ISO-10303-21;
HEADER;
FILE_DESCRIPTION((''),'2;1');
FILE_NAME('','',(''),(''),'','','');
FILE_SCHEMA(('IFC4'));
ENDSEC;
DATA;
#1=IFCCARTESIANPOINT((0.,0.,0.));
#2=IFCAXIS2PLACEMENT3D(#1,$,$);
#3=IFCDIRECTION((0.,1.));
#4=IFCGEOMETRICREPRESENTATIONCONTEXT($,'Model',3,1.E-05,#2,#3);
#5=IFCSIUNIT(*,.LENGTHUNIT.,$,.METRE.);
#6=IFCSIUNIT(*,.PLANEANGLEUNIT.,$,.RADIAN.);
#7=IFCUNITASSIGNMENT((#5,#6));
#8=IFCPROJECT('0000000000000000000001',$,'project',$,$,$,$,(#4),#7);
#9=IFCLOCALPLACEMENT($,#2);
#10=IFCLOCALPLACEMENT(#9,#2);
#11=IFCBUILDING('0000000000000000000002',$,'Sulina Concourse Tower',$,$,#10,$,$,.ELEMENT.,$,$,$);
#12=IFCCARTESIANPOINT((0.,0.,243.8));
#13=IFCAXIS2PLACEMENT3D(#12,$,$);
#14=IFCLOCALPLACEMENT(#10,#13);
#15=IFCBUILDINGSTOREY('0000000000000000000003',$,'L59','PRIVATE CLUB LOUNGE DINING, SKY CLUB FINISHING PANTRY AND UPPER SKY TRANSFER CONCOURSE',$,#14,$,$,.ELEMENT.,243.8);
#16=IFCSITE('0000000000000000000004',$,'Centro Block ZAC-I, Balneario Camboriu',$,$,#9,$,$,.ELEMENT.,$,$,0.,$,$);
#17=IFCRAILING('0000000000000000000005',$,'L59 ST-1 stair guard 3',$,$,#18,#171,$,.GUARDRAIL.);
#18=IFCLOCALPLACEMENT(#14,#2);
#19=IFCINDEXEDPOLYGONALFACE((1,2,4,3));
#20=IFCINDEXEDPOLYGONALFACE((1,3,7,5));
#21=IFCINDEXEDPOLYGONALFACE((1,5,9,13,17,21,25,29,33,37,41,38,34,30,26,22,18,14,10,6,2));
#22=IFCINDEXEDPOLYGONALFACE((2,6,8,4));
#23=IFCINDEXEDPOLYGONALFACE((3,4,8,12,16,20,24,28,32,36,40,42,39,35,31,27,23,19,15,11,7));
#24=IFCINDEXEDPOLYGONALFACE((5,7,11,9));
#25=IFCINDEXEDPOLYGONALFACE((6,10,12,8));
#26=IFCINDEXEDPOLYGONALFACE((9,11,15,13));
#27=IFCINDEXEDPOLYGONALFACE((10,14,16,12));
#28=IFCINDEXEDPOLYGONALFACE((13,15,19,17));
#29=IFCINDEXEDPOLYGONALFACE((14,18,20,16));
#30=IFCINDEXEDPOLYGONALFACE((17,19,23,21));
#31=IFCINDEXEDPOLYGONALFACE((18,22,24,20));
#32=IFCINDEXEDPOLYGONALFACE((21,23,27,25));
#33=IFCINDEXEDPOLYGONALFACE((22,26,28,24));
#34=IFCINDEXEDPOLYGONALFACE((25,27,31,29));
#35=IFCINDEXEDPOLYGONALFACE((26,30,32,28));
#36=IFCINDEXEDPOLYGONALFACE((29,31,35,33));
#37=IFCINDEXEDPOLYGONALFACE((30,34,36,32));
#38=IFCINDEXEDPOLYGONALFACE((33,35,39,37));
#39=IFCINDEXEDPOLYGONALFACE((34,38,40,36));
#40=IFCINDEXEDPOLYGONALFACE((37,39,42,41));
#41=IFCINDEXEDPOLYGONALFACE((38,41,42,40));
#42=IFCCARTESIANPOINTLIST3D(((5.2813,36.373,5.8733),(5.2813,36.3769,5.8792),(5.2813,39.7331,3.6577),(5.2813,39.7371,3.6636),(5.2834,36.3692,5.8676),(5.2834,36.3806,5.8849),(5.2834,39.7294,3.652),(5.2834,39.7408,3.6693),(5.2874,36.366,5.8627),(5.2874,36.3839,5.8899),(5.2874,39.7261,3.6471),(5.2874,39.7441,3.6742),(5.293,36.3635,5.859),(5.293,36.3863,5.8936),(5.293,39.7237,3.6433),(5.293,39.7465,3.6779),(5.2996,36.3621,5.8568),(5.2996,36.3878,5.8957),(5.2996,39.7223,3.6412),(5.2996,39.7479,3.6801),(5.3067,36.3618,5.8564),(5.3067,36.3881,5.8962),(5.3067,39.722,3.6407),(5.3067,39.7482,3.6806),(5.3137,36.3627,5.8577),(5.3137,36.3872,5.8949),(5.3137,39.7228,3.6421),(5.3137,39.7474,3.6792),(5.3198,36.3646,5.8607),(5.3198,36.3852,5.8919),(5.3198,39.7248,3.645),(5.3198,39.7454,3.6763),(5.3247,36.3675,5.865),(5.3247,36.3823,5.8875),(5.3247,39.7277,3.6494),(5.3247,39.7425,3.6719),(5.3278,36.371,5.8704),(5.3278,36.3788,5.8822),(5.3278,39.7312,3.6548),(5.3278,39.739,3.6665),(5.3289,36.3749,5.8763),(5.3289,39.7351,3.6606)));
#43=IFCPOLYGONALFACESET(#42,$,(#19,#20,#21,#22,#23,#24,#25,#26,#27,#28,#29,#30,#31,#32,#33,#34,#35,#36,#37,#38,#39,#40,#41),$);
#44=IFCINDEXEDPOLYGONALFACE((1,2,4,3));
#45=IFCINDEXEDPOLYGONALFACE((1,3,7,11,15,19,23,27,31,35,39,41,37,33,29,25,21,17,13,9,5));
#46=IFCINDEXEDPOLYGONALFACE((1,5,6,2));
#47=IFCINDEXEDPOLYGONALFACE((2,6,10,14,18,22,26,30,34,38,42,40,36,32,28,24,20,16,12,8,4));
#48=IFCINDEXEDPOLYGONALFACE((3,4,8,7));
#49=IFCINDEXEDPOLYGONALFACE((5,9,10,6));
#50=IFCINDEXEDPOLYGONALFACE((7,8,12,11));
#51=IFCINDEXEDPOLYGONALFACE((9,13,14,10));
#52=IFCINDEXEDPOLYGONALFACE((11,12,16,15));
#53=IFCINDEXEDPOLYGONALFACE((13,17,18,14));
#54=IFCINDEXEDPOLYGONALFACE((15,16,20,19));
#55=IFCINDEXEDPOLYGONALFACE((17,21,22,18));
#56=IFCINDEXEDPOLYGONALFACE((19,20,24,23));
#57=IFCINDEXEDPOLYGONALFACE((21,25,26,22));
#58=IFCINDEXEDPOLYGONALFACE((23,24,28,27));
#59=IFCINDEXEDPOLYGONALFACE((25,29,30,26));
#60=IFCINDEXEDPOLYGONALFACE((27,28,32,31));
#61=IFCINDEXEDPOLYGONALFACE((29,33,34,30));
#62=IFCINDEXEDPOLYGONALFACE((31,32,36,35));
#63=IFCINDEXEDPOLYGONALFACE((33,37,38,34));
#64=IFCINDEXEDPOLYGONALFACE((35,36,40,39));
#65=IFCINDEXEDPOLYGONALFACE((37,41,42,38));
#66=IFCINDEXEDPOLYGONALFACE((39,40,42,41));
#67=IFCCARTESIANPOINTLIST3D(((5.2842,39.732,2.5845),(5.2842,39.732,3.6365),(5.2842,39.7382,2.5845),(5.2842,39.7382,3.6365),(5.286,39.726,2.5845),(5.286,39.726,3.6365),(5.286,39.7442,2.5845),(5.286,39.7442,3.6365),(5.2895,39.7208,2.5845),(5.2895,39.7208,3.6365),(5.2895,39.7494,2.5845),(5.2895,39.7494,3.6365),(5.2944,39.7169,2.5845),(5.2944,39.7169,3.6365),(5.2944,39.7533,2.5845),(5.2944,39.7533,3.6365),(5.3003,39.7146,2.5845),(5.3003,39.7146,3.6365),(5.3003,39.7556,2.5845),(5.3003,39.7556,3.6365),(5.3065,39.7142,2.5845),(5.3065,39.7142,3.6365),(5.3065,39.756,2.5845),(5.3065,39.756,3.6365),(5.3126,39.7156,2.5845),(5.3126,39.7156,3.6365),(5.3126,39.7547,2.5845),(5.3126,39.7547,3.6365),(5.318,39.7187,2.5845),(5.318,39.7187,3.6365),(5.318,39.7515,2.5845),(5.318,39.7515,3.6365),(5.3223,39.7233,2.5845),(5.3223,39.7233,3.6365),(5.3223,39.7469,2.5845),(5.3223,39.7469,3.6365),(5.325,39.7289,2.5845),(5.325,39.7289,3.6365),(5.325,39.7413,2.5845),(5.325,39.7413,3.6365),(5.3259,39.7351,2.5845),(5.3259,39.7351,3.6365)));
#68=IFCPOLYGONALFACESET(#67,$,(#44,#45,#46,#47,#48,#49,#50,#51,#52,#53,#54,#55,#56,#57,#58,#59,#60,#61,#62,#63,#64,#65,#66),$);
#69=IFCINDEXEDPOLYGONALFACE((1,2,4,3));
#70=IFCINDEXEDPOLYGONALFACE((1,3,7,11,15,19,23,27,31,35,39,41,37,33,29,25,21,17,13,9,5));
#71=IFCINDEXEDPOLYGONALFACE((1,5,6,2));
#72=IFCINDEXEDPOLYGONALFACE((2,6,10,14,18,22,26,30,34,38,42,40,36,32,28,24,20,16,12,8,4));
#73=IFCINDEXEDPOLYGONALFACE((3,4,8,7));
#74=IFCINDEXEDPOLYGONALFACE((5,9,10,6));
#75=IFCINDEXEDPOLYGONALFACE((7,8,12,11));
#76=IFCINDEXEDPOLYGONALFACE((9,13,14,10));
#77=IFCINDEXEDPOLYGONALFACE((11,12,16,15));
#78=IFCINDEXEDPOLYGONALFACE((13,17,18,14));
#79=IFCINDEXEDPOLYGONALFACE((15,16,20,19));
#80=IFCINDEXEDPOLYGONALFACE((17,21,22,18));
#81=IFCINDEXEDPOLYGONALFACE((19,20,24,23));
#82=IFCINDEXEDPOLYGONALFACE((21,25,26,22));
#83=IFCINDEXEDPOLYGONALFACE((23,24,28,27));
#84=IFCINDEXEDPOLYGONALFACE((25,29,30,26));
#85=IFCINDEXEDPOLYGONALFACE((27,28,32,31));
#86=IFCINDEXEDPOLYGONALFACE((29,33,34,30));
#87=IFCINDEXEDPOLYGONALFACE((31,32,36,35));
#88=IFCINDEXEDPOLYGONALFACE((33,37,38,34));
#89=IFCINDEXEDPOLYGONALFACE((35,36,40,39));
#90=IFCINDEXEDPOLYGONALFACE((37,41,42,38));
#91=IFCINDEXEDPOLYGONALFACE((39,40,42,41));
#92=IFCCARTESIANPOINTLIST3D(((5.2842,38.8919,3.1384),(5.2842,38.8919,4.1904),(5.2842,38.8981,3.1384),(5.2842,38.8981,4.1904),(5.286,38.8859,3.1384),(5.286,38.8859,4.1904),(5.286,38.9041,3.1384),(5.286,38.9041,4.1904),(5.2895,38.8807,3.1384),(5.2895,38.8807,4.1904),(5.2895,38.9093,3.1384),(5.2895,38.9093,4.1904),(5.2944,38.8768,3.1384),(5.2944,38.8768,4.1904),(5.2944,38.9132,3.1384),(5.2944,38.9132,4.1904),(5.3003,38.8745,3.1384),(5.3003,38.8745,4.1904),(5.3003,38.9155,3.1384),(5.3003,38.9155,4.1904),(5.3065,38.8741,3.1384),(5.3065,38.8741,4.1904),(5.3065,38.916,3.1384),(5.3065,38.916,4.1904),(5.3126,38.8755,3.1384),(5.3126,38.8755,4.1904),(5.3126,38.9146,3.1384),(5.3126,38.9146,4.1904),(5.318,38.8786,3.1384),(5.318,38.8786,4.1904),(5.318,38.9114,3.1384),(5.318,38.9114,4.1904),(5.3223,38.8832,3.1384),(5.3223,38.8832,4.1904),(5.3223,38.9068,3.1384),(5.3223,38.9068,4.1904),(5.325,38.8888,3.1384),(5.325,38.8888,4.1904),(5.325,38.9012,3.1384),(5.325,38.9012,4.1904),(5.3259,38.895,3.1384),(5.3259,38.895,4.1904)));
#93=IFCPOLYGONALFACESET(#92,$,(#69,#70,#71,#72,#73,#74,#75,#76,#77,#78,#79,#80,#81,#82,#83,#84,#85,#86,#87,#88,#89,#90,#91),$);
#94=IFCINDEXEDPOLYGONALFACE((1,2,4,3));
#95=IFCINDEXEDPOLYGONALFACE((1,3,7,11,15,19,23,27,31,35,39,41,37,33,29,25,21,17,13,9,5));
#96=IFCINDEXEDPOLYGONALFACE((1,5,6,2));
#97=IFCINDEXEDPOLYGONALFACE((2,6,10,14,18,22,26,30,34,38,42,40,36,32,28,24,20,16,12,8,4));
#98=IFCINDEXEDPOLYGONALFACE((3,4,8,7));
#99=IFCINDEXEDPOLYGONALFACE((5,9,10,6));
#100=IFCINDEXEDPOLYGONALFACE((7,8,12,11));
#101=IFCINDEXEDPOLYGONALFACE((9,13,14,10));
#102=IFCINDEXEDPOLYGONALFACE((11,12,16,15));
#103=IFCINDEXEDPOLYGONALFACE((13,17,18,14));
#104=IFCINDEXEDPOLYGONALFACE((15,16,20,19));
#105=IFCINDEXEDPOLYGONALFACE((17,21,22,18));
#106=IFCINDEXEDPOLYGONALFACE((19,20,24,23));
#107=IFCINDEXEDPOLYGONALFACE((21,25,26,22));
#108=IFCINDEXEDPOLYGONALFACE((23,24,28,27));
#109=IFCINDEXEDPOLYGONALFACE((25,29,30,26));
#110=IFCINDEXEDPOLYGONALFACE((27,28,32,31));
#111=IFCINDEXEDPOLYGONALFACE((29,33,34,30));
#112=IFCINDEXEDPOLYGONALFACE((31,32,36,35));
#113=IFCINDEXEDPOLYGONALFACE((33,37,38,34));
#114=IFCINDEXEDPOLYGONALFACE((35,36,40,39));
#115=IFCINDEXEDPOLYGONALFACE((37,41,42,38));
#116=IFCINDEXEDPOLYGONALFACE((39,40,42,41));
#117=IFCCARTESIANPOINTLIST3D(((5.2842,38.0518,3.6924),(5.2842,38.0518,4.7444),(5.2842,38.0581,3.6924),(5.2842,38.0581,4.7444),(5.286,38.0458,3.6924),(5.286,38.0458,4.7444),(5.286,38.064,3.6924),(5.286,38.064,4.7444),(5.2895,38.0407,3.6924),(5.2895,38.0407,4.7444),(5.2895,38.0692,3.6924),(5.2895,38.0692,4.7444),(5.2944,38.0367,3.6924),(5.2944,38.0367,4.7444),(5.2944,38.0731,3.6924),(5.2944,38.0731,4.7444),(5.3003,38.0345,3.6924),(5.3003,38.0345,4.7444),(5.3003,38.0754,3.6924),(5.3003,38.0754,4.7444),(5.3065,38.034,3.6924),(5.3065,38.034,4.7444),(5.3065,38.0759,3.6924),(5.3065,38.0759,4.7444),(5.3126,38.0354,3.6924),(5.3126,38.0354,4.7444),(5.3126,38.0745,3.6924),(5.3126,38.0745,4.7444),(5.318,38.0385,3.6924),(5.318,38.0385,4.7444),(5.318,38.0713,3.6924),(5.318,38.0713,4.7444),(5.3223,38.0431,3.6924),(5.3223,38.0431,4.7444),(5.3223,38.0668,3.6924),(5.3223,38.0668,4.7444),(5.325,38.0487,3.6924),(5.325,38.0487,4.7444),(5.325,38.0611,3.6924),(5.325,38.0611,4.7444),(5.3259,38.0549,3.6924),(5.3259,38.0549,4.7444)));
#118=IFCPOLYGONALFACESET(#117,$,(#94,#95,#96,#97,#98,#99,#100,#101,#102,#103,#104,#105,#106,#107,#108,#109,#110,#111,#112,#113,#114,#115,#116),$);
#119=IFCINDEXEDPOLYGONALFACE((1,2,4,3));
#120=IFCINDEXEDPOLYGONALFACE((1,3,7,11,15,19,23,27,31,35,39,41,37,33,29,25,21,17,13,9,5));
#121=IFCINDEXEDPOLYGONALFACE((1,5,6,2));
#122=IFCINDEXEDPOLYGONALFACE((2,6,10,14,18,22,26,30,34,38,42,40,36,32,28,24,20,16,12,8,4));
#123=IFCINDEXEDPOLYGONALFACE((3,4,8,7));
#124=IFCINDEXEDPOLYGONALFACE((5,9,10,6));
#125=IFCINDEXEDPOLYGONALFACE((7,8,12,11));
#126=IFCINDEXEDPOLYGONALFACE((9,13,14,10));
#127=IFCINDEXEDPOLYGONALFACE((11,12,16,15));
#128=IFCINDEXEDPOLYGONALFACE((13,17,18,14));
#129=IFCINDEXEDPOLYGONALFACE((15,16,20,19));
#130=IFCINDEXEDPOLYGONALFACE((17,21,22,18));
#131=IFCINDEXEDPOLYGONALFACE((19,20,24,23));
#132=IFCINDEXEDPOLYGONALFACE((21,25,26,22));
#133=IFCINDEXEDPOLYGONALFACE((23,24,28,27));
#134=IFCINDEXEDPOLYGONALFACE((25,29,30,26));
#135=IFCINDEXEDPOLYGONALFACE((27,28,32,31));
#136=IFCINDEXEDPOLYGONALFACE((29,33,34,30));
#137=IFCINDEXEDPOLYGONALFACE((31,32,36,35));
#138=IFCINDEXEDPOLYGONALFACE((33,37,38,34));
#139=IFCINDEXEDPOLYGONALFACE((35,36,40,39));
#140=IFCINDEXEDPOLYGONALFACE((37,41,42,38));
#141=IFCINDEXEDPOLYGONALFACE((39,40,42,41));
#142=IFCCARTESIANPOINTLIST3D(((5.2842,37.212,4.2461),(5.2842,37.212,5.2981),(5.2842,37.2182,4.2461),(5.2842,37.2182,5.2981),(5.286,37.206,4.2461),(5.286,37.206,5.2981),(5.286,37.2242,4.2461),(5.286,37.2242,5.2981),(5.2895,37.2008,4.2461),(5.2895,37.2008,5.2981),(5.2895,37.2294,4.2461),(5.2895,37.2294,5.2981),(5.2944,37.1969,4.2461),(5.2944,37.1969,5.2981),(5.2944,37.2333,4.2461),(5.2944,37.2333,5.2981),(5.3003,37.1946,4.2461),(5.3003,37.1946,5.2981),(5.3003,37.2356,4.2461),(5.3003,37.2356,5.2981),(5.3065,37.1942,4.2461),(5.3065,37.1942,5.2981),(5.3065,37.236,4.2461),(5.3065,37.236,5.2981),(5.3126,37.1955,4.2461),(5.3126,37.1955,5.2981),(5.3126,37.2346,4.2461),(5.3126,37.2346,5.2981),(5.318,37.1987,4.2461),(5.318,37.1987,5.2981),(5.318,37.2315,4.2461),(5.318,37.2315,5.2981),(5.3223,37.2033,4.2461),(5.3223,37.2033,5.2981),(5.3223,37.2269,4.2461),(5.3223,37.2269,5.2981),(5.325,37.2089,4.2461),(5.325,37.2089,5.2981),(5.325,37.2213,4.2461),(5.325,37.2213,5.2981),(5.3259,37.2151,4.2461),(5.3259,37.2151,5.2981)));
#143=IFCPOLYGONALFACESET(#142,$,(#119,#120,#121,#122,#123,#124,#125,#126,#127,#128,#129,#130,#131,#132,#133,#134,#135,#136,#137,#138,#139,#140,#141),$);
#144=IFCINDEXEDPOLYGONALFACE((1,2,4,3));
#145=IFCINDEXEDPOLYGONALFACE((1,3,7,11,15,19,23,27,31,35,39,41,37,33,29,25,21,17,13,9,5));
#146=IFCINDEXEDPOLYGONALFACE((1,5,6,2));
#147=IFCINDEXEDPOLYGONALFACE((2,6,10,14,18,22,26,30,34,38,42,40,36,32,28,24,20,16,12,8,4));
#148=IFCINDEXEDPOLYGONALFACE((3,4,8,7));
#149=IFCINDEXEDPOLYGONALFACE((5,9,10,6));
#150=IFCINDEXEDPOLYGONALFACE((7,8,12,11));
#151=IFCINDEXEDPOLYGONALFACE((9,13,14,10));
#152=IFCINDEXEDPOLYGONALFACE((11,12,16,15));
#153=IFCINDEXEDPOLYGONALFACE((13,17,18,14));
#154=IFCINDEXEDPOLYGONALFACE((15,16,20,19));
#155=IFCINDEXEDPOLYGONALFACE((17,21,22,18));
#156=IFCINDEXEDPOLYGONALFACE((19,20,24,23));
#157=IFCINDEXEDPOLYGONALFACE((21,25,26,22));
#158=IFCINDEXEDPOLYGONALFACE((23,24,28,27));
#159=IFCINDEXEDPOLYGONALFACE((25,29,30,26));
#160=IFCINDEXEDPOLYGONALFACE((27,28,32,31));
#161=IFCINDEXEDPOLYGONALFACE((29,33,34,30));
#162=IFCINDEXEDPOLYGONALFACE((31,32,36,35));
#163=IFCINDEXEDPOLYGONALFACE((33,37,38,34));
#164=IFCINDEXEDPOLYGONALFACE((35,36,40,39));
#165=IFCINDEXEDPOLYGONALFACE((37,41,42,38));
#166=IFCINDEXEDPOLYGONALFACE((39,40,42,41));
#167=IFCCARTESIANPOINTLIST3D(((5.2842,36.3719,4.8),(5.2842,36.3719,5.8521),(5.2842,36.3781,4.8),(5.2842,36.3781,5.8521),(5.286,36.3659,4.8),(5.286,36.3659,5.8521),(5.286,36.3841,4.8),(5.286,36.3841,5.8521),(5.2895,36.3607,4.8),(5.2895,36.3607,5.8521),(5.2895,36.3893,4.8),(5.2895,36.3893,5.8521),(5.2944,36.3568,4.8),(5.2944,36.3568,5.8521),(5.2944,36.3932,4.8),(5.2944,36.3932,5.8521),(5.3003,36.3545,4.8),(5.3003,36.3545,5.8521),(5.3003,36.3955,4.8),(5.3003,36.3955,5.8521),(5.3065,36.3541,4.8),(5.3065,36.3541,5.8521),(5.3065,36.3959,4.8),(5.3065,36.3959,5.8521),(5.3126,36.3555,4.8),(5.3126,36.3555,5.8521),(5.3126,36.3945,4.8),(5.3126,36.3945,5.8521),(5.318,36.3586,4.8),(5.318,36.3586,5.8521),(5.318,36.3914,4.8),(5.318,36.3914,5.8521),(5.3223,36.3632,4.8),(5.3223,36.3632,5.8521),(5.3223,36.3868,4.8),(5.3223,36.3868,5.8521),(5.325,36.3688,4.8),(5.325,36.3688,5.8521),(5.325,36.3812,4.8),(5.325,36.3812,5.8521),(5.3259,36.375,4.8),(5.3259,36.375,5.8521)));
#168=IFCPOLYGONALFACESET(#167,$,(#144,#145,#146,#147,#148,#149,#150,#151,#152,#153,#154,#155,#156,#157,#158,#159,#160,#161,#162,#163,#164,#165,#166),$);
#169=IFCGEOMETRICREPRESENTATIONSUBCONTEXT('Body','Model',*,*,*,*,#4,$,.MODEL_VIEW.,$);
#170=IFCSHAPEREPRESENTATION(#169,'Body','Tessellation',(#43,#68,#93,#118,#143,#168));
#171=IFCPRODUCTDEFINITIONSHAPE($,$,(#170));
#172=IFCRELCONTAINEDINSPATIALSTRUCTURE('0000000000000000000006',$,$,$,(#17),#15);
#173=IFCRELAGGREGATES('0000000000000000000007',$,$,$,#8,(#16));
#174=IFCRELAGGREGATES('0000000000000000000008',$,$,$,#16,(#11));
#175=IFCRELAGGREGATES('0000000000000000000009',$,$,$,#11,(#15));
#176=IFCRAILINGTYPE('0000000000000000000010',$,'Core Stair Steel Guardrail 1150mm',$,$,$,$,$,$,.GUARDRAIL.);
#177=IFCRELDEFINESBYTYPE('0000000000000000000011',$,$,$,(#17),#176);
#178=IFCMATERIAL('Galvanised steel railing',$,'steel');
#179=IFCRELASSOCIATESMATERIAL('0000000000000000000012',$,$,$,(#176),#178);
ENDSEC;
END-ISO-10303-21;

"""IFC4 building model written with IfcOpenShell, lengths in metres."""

from ifc_helpers import new_model, si_unit, direction, frame, origin, origin_2d, place, context, subcontext, project, spatial, circle, extrude, material, type_object, element, save


model = new_model("IFC4")

# Units and contexts
model_context = context("Model", 3, precision=1e-05, world=origin(), true_north=direction((0.0, 1.0)))
body_context = subcontext(model_context, "Body", "Model", "MODEL_VIEW")
ifc_project = project(units=[si_unit("LENGTHUNIT", "METRE"), si_unit("PLANEANGLEUNIT", "RADIAN")], contexts=[model_context])

# Site, building, storey
site_placement = place(None, origin())
site = spatial("IfcSite", under=ifc_project, at=site_placement, Name="Centro Block ZAC-I, Balneario Camboriu", CompositionType="ELEMENT", RefElevation=0.0)
building_placement = place(site_placement, origin())
building = spatial("IfcBuilding", under=site, at=building_placement, Name="Sulina Concourse Tower", CompositionType="ELEMENT")
storey_placement = place(building_placement, frame((0.0, 0.0, 243.8)))
storey = spatial("IfcBuildingStorey", under=building, at=storey_placement, Name="L59", Description="PRIVATE CLUB LOUNGE DINING, SKY CLUB FINISHING PANTRY AND UPPER SKY TRANSFER CONCOURSE", CompositionType="ELEMENT", Elevation=243.8)

# Railing
ifc_material_1 = material(Name="Galvanised steel railing", Category="steel")
railing_type_1 = type_object("IfcRailingType", Name="Core Stair Steel Guardrail 1150mm", PredefinedType="GUARDRAIL", material=ifc_material_1)
railing_1_placement = place(storey_placement, frame((5.3049, 39.7351, 2.5845)))
element("IfcRailing", 1, at=railing_1_placement, inside=storey, type_object=railing_type_1, Name="L59 ST-1 stair guard 3", PredefinedType="GUARDRAIL", context=body_context, shape_type="SweptSolid", body=[
    extrude(circle(Radius=0.0239, at=origin_2d()), frame((0.0, 0.0, 1.0762), z_axis=(0.0, -0.834849, 0.55048), x_axis=(1.0, 0.0, 0.0)), (0.0, 0.0, 1.0), 4.0249),
    extrude(circle(Radius=0.021, at=origin_2d()), origin(), (0.0, 0.0, 1.0), 1.052),
    extrude(circle(Radius=0.021, at=origin_2d()), frame((0.0, -0.8401, 0.554)), (0.0, 0.0, 1.0), 1.052),
    extrude(circle(Radius=0.021, at=origin_2d()), frame((0.0, -1.6802, 1.1079)), (0.0, 0.0, 1.0), 1.052),
    extrude(circle(Radius=0.021, at=origin_2d()), frame((0.0, -2.52, 1.6616)), (0.0, 0.0, 1.0), 1.052),
    extrude(circle(Radius=0.021, at=origin_2d()), frame((0.0, -3.3601, 2.2156)), (0.0, 0.0, 1.0), 1.052),
])

save(model, "model.ifc")
